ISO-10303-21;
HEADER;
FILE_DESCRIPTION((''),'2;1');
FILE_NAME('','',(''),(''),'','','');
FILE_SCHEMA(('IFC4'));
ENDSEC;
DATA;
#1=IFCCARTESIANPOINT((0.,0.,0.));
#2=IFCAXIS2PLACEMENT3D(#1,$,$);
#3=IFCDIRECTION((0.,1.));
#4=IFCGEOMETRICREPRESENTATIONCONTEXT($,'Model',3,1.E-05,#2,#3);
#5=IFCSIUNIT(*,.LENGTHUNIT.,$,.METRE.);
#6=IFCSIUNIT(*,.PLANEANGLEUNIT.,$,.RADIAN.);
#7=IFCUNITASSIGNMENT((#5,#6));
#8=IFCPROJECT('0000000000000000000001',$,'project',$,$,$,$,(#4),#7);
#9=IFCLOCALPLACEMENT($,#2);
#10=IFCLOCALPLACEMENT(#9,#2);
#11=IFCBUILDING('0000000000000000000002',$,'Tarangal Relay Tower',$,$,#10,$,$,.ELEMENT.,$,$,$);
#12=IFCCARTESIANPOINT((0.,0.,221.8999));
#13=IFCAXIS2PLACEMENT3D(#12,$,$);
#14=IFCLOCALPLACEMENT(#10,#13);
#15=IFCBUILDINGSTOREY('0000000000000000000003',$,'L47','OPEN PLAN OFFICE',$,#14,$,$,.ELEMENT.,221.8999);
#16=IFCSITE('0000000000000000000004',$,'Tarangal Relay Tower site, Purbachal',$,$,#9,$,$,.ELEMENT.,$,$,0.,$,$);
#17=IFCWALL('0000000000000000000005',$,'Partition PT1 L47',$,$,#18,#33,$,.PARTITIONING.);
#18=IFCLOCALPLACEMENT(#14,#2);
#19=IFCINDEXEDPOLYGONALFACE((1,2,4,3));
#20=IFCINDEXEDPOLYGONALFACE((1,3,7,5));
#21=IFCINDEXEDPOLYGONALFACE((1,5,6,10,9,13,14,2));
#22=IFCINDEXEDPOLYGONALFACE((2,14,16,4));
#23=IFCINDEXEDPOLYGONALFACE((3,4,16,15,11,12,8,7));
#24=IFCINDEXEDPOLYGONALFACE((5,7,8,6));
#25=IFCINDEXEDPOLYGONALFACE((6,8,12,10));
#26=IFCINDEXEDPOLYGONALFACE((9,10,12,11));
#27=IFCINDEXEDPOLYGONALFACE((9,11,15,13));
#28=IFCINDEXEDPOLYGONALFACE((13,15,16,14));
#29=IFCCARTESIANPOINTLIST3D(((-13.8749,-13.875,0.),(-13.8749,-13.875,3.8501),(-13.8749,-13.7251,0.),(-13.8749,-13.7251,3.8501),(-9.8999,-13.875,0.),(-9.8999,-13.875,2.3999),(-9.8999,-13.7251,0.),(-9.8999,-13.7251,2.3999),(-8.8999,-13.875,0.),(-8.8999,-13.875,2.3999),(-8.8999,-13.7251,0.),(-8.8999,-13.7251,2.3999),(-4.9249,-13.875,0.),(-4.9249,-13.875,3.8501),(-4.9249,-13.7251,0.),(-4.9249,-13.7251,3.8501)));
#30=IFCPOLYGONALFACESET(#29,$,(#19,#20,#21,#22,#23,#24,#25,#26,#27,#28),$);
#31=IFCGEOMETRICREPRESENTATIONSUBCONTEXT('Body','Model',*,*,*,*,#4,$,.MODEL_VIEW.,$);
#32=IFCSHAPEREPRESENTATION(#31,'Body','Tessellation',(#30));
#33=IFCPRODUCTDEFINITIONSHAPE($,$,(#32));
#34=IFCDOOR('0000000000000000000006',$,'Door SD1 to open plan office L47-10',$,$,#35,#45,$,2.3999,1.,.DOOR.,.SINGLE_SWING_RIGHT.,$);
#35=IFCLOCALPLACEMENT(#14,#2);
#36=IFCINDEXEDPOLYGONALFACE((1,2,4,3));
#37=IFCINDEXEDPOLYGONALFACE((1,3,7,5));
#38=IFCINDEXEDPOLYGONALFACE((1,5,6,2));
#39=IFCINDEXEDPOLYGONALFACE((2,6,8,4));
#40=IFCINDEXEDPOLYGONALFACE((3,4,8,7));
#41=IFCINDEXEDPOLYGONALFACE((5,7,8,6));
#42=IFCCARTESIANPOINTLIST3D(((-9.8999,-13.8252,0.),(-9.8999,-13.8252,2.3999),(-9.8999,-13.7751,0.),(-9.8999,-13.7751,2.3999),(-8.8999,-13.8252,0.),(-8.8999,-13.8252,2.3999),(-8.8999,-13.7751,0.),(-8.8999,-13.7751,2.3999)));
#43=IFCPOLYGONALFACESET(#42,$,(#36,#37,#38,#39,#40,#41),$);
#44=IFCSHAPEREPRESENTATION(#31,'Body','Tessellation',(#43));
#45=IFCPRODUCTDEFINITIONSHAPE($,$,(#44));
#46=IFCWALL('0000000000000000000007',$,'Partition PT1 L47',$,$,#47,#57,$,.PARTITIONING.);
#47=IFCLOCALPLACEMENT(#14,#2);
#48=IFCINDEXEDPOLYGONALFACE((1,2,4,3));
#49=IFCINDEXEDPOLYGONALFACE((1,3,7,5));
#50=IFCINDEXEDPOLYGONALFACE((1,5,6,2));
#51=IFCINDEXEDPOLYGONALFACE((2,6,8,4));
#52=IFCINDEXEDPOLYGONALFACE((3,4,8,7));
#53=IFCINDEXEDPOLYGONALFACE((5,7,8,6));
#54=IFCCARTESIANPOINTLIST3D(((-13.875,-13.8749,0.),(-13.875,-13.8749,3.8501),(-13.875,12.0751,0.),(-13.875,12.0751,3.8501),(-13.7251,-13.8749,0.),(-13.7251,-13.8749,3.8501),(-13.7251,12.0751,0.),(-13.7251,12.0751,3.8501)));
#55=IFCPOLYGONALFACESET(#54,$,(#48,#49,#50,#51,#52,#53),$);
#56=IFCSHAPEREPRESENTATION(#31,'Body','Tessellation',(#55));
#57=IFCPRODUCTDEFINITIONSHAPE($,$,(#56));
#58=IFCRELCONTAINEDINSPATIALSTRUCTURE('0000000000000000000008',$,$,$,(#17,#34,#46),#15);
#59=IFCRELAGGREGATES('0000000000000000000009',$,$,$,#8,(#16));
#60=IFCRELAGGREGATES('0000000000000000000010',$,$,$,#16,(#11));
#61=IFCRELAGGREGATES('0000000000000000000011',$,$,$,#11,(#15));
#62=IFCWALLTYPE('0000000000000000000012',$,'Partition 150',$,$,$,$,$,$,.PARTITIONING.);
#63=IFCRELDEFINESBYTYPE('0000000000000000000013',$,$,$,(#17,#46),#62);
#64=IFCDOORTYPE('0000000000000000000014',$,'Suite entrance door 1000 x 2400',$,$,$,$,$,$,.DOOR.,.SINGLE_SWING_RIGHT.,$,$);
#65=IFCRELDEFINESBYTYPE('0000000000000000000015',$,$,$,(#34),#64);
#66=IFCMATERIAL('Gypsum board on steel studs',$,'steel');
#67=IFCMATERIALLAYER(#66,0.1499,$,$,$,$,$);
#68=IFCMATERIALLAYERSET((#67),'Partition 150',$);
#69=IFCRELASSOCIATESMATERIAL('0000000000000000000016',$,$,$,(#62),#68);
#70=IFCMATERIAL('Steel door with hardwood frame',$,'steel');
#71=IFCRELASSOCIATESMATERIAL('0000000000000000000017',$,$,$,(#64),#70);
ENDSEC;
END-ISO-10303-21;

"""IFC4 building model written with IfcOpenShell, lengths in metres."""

from ifc_helpers import new_model, si_unit, direction, frame, frame_2d, origin, place, context, subcontext, project, spatial, rectangle, extrude, material, layer, layer_set, type_object, element, fill, save


model = new_model("IFC4")

# Units and contexts
model_context = context("Model", 3, precision=1e-05, world=origin(), true_north=direction((0.0, 1.0)))
body_context = subcontext(model_context, "Body", "Model", "MODEL_VIEW")
ifc_project = project(units=[si_unit("LENGTHUNIT", "METRE"), si_unit("PLANEANGLEUNIT", "RADIAN")], contexts=[model_context])

# Site, building, storey
site_placement = place(None, origin())
site = spatial("IfcSite", under=ifc_project, at=site_placement, Name="Tarangal Relay Tower site, Purbachal", CompositionType="ELEMENT", RefElevation=0.0)
building_placement = place(site_placement, origin())
building = spatial("IfcBuilding", under=site, at=building_placement, Name="Tarangal Relay Tower", CompositionType="ELEMENT")
storey_placement = place(building_placement, frame((0.0, 0.0, 221.8999)))
storey = spatial("IfcBuildingStorey", under=building, at=storey_placement, Name="L47", Description="OPEN PLAN OFFICE", CompositionType="ELEMENT", Elevation=221.8999)

# Wall, opening, door
ifc_material_1 = material(Name="Gypsum board on steel studs", Category="steel")
ifc_layer_1 = layer(ifc_material_1, 0.1499)
ifc_layer_set_1 = layer_set([ifc_layer_1], Name="Partition 150")
wall_type_1 = type_object("IfcWallType", Name="Partition 150", PredefinedType="PARTITIONING", material=ifc_layer_set_1)
wall_1_placement = place(storey_placement, frame((-13.875, -13.8, 0.0), z_axis=(0.0, 0.0, 1.0), x_axis=(1.0, 0.0, 0.0)))
wall_1 = element("IfcWall", 1, at=wall_1_placement, inside=storey, type_object=wall_type_1, Name="Partition PT1 L47", PredefinedType="PARTITIONING", context=body_context, shape_type="SweptSolid", body=[
    extrude(rectangle(XDim=8.95, YDim=0.1499, at=frame_2d((4.4751, 0.0))), origin(), (0.0, 0.0, 1.0), 3.8501),
])
opening_1_placement = place(wall_1_placement, frame((3.9751, 0.0, 0.0)))
opening_1 = element("IfcOpeningElement", 2, at=opening_1_placement, cuts=wall_1, PredefinedType="OPENING", context=body_context, shape_type="SweptSolid", body=[
    extrude(rectangle(XDim=1.0, YDim=2.3999, at=frame_2d((0.5, 1.2))), frame((0.0, 0.085, 0.0), z_axis=(0.0, -1.0, 0.0), x_axis=(1.0, 0.0, 0.0)), (0.0, 0.0, 1.0), 0.1699),
])
ifc_material_2 = material(Name="Steel door with hardwood frame", Category="steel")
door_type_1 = type_object("IfcDoorType", Name="Suite entrance door 1000 x 2400", OperationType="SINGLE_SWING_RIGHT", PredefinedType="DOOR", material=ifc_material_2)
door_1_placement = place(opening_1_placement, origin())
door_1 = element("IfcDoor", 3, at=door_1_placement, inside=storey, type_object=door_type_1, Name="Door SD1 to open plan office L47-10", OperationType="SINGLE_SWING_RIGHT", OverallHeight=2.3999, OverallWidth=1.0, PredefinedType="DOOR", context=body_context, shape_type="SweptSolid", body=[
    extrude(rectangle(XDim=1.0, YDim=2.3999, at=frame_2d((0.5, 1.2))), frame((0.0, 0.0249, 0.0), z_axis=(0.0, -1.0, 0.0), x_axis=(1.0, 0.0, 0.0)), (0.0, 0.0, 1.0), 0.05),
])
fill(opening_1, door_1)

# Wall
wall_2_placement = place(storey_placement, frame((-13.8, -13.875, 0.0), z_axis=(0.0, 0.0, 1.0), x_axis=(0.0, 1.0, 0.0)))
element("IfcWall", 4, at=wall_2_placement, inside=storey, type_object=wall_type_1, Name="Partition PT1 L47", PredefinedType="PARTITIONING", context=body_context, shape_type="SweptSolid", body=[
    extrude(rectangle(XDim=25.95, YDim=0.1499, at=frame_2d((12.9751, 0.0))), origin(), (0.0, 0.0, 1.0), 3.8501),
])

save(model, "model.ifc")
